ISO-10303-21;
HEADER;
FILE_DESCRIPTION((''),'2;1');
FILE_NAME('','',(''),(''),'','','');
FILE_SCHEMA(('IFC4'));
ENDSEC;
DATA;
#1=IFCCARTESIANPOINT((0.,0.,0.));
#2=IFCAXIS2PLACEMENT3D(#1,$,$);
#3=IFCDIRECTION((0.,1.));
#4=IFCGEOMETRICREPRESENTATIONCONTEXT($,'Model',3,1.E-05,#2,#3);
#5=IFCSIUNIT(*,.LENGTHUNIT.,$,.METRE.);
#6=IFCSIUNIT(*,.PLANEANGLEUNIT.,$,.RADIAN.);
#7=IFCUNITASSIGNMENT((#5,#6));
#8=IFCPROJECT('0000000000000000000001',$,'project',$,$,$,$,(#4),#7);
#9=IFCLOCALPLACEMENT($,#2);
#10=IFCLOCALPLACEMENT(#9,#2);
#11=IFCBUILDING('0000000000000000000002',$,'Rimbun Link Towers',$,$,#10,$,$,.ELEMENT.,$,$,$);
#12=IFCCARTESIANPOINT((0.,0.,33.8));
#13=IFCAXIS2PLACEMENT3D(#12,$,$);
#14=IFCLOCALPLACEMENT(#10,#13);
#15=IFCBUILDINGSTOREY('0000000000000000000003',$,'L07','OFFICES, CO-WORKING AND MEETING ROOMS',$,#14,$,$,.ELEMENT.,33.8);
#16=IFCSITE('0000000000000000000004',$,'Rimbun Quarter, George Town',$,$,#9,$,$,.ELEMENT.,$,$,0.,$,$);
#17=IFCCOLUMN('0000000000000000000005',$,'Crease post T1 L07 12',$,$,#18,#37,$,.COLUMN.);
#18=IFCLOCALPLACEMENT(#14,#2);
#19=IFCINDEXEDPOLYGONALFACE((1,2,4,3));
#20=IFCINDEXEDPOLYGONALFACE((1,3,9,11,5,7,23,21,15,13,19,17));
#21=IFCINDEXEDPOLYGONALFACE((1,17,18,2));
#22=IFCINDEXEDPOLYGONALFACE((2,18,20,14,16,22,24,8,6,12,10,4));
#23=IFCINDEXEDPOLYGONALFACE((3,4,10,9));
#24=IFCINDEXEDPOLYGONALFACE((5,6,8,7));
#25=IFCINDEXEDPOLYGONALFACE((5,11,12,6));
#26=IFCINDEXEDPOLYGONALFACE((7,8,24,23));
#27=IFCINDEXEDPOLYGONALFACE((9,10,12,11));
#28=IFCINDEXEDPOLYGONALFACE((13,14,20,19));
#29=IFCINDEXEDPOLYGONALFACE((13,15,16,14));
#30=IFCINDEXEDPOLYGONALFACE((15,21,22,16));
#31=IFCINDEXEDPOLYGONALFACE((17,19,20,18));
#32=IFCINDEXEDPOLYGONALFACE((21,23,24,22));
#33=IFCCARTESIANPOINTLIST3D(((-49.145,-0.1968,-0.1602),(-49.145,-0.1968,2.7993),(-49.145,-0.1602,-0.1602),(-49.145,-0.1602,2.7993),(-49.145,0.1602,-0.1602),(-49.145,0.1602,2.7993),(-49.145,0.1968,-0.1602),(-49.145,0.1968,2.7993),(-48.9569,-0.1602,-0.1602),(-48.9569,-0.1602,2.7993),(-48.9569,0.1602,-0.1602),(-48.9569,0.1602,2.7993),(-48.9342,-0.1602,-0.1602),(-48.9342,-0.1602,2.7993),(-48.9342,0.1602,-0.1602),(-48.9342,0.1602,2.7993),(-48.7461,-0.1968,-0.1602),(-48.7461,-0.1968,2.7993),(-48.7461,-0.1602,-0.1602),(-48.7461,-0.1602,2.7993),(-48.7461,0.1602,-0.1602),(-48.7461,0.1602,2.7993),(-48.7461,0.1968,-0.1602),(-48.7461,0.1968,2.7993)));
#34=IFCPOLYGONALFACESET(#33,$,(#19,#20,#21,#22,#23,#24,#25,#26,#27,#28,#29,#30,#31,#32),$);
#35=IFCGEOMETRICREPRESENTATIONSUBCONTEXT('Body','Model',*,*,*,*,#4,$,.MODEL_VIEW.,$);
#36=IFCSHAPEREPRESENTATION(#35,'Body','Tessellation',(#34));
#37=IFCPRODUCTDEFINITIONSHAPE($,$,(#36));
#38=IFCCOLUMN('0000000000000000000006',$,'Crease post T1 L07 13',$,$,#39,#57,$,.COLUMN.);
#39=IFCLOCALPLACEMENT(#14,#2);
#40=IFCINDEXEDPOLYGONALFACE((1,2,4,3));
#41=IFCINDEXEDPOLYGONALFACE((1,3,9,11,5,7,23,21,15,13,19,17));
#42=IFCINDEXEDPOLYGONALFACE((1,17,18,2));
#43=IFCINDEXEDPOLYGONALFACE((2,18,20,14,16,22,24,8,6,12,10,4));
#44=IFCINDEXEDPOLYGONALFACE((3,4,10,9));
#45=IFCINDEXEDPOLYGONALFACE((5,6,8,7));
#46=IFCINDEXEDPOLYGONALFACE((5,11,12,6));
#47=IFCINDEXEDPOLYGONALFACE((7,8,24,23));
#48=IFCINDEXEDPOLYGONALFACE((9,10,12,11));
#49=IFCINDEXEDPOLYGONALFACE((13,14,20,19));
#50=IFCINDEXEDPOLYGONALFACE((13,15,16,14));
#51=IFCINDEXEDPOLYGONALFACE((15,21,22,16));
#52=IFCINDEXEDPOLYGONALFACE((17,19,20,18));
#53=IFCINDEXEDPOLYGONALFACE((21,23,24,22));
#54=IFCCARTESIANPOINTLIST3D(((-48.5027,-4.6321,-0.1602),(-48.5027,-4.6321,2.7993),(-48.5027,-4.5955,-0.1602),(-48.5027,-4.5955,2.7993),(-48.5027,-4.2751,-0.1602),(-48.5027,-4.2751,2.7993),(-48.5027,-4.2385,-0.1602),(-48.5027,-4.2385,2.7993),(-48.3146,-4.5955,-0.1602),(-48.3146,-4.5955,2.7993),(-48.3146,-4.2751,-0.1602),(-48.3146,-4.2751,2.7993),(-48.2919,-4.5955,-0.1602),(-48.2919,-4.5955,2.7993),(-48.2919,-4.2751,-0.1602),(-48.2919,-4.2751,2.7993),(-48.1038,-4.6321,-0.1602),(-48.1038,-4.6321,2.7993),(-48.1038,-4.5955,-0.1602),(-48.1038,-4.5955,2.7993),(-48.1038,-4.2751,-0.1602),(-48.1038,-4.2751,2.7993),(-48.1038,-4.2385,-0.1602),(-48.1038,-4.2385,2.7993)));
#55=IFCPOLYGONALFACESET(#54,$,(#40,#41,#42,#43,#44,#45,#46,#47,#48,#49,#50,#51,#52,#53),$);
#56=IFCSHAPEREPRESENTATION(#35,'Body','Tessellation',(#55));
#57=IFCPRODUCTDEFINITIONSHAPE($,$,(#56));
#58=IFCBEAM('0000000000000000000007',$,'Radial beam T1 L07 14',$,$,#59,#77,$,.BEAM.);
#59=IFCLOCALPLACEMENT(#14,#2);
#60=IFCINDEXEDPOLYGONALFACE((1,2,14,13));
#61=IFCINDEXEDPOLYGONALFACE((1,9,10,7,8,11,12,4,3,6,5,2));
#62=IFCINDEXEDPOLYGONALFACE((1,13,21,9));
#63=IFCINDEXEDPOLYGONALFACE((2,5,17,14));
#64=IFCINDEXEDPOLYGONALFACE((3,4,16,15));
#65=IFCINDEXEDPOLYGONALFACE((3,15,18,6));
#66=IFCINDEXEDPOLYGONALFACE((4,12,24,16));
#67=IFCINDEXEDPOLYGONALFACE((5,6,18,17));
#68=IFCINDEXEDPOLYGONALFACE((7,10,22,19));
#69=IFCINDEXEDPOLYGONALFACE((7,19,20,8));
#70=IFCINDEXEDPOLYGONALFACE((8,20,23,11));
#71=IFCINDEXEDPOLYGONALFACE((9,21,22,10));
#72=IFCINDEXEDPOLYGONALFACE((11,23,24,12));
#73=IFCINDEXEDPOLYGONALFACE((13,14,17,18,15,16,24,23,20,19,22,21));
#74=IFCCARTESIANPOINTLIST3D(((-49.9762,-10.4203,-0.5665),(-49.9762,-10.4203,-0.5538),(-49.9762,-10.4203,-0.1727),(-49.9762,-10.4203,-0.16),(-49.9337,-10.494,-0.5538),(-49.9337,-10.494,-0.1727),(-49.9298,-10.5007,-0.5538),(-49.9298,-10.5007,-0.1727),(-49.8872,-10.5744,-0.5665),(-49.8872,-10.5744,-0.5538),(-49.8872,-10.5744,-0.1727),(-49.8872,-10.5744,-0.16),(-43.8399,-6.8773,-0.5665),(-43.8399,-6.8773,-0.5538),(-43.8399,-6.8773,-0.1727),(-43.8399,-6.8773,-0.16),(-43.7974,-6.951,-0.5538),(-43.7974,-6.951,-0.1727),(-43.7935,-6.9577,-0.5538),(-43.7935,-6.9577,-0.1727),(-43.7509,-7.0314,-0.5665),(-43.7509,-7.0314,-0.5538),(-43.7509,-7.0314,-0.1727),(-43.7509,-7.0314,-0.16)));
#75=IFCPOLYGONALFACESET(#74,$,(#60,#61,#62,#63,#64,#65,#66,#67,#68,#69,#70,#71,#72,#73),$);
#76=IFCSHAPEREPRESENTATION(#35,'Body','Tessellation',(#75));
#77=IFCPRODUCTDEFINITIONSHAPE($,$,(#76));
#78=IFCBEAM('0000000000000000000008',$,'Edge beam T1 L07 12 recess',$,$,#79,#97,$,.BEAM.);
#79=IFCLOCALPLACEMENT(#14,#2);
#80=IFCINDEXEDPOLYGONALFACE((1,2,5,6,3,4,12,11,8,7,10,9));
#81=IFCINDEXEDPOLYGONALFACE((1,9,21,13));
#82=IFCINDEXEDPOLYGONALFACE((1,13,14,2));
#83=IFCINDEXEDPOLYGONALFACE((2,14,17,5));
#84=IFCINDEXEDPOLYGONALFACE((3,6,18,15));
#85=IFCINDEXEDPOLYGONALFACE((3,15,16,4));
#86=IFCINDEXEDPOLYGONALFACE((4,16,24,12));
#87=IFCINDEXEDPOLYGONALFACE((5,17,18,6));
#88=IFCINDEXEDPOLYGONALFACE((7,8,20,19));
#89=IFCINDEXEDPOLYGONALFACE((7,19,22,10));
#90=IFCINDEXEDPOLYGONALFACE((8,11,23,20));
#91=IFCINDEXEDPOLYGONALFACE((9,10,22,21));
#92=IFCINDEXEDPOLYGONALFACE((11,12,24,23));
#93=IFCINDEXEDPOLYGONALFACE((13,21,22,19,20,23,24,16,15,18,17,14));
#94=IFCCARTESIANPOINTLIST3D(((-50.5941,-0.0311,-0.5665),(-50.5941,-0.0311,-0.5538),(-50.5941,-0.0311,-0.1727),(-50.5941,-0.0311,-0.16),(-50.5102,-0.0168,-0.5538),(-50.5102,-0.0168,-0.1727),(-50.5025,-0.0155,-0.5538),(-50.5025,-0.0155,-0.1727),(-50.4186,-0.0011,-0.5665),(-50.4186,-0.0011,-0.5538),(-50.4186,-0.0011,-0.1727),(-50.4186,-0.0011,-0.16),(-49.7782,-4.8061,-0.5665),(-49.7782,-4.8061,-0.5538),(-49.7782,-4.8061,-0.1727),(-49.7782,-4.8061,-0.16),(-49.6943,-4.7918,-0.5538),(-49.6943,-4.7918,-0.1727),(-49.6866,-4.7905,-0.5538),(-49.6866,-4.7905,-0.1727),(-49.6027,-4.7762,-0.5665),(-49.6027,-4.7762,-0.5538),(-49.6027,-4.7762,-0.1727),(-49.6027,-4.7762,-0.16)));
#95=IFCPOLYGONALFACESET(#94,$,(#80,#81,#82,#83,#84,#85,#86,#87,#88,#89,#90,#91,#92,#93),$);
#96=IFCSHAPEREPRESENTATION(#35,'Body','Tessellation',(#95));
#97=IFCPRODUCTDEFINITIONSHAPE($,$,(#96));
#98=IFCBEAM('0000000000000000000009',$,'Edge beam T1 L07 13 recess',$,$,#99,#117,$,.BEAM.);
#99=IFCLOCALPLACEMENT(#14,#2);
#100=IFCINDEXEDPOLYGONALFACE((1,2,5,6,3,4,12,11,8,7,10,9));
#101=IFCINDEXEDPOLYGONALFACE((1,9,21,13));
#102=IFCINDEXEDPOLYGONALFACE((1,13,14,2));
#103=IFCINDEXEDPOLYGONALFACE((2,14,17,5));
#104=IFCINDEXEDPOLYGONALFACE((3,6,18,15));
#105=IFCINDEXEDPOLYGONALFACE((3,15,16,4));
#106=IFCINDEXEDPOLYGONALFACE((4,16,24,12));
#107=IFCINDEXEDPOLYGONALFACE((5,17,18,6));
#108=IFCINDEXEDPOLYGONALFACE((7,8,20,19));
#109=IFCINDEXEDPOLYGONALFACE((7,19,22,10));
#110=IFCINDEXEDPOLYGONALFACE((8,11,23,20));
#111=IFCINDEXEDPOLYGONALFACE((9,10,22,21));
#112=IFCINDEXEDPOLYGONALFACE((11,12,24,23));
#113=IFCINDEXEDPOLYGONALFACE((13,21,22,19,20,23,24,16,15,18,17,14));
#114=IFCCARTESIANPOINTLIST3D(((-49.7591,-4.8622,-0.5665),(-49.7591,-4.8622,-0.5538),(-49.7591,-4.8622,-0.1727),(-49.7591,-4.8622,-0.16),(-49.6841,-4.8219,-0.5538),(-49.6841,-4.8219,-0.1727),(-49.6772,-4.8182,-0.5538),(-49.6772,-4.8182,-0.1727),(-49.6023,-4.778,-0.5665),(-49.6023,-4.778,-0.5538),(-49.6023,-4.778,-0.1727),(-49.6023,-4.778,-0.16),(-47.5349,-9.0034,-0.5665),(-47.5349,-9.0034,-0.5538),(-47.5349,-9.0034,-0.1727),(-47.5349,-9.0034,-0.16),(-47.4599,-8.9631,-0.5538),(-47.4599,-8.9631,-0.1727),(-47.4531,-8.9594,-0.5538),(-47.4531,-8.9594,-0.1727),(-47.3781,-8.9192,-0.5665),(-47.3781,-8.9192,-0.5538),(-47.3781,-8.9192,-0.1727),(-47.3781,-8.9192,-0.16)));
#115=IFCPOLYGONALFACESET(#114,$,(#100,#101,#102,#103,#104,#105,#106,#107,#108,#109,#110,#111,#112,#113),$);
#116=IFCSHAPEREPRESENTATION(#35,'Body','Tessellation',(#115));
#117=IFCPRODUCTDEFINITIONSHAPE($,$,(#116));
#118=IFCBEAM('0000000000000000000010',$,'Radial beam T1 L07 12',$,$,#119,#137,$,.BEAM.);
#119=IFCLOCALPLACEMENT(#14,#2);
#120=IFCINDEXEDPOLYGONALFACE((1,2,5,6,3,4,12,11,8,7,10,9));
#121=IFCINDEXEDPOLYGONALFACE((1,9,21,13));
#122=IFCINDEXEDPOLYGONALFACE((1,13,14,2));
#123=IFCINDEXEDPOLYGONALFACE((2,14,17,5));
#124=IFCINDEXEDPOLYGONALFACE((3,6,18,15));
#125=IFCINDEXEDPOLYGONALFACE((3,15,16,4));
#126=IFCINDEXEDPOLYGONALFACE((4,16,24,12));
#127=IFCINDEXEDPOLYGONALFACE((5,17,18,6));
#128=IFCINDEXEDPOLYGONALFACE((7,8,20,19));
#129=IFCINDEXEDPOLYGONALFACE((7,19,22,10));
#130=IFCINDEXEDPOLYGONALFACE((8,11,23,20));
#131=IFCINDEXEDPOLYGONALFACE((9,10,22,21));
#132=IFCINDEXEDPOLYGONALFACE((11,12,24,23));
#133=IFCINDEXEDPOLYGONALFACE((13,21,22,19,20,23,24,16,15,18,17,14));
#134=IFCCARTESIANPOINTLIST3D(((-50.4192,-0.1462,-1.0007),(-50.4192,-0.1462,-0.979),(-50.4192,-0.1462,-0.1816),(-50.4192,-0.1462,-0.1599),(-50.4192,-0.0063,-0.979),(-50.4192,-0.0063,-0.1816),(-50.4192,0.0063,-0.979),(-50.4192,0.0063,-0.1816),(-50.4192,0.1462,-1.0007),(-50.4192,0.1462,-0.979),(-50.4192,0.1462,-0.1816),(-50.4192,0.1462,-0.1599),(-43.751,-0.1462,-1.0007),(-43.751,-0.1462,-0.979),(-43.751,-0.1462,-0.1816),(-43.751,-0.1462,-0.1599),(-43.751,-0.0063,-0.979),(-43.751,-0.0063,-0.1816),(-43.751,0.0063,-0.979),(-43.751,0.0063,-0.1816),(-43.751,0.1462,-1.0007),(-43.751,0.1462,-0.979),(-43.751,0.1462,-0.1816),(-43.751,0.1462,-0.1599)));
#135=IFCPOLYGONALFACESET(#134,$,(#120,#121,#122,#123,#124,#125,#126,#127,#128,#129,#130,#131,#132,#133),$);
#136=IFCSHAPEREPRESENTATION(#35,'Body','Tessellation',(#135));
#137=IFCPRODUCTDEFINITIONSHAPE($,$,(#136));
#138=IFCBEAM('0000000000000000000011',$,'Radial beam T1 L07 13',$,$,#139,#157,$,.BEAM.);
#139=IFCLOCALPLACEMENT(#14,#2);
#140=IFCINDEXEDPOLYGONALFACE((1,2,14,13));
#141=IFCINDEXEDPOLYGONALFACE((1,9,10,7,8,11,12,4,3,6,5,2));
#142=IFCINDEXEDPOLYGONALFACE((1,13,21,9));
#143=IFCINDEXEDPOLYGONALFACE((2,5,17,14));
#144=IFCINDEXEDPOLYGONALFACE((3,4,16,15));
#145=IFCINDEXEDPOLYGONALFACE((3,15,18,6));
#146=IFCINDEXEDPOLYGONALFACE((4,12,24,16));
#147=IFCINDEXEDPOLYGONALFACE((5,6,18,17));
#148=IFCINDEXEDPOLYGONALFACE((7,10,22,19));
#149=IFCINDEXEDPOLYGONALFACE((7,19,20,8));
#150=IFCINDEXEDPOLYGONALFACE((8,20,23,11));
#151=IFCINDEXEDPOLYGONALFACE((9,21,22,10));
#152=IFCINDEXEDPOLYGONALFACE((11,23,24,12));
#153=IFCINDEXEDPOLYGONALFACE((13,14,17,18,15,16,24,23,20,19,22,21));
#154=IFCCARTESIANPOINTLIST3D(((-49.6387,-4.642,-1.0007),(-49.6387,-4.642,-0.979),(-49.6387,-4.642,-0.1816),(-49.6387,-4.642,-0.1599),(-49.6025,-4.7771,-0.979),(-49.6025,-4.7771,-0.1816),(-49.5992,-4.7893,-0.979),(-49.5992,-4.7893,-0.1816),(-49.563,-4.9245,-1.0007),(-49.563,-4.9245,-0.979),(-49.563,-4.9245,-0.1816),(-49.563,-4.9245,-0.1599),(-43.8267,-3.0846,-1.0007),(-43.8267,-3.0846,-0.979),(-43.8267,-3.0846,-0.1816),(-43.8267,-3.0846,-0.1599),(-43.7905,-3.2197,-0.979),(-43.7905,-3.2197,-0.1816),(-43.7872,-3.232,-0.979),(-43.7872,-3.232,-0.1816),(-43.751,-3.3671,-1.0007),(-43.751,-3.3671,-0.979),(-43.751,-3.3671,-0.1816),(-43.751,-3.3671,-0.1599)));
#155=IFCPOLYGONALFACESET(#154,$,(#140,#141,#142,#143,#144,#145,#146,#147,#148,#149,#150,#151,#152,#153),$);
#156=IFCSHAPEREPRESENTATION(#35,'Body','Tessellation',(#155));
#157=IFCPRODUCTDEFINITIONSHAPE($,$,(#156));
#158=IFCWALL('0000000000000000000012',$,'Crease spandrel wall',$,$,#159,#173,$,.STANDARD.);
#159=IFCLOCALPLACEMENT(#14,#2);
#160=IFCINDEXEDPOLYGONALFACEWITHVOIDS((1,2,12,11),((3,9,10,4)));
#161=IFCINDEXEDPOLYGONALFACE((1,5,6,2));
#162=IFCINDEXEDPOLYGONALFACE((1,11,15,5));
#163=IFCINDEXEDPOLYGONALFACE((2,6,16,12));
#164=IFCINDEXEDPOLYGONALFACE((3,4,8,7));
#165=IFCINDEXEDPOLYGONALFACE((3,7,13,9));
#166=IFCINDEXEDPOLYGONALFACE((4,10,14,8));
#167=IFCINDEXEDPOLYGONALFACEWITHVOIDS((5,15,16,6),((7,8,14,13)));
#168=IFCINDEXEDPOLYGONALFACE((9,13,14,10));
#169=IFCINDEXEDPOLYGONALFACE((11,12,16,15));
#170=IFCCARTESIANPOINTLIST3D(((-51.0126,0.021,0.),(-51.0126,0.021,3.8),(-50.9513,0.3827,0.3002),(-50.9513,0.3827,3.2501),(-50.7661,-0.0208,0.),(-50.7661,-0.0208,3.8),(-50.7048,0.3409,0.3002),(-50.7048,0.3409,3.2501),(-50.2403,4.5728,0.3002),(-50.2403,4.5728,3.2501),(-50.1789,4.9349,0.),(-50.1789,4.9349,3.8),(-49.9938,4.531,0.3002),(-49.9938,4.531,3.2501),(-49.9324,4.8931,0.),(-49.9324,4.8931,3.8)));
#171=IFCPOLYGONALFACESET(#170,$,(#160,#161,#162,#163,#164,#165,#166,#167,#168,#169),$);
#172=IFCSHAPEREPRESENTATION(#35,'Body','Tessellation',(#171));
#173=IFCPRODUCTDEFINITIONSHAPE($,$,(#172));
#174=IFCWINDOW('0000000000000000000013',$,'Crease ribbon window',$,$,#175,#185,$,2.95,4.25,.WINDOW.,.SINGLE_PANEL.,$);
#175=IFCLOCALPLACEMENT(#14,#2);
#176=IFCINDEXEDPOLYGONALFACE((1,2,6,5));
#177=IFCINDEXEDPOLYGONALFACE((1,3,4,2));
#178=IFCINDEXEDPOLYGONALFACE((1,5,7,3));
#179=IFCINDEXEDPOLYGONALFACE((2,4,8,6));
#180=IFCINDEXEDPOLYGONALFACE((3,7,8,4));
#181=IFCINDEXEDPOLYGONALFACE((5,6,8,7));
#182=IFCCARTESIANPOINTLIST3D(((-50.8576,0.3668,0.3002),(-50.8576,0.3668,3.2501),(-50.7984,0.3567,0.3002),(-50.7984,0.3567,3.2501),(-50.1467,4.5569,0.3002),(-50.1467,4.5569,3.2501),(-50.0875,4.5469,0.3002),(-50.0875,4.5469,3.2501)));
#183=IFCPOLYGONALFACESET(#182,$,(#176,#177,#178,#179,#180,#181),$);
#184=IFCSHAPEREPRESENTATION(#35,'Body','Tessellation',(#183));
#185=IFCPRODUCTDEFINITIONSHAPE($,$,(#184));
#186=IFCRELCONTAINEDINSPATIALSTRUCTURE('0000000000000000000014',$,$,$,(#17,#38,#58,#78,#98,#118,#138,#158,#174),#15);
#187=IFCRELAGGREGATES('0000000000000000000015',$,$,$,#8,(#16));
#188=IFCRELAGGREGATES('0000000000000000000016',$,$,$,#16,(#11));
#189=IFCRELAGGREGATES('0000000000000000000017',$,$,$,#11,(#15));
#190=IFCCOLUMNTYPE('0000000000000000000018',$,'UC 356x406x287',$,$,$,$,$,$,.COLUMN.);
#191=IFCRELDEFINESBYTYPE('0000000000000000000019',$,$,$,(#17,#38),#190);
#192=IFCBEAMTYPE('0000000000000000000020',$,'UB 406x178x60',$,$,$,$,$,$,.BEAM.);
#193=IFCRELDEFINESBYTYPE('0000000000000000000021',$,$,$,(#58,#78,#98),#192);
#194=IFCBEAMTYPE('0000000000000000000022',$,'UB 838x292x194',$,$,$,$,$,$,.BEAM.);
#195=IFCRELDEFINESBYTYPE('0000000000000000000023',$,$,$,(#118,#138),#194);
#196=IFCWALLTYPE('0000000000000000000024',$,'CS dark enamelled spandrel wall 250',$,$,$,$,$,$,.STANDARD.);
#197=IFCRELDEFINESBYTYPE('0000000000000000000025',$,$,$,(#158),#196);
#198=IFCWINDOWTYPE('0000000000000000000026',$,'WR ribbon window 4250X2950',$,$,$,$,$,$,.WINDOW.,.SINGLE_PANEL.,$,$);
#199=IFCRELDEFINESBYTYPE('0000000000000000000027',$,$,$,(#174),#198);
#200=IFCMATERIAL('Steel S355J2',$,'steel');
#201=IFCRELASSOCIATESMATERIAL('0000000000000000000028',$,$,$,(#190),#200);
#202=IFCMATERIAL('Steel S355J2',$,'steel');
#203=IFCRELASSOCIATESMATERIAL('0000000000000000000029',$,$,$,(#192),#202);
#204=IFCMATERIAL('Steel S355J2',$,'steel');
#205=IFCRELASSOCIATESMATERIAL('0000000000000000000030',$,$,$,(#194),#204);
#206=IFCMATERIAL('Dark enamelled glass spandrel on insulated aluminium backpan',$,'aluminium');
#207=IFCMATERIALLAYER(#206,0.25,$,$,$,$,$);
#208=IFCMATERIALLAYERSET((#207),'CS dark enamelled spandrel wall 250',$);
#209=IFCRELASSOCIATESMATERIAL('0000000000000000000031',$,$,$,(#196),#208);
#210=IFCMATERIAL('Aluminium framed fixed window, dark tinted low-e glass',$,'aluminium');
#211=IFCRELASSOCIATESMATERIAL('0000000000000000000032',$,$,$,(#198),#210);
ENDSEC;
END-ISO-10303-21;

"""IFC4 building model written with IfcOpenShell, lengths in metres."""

from ifc_helpers import new_model, si_unit, direction, frame, frame_2d, origin, origin_2d, place, context, subcontext, project, spatial, rectangle, i_section, extrude, material, layer, layer_set, material_profile, profile_set, type_object, element, fill, save


model = new_model("IFC4")

# Units and contexts
model_context = context("Model", 3, precision=1e-05, world=origin(), true_north=direction((0.0, 1.0)))
body_context = subcontext(model_context, "Body", "Model", "MODEL_VIEW")
ifc_project = project(units=[si_unit("LENGTHUNIT", "METRE"), si_unit("PLANEANGLEUNIT", "RADIAN")], contexts=[model_context])

# Site, building, storey
site_placement = place(None, origin())
site = spatial("IfcSite", under=ifc_project, at=site_placement, Name="Rimbun Quarter, George Town", CompositionType="ELEMENT", RefElevation=0.0)
building_placement = place(site_placement, origin())
building = spatial("IfcBuilding", under=site, at=building_placement, Name="Rimbun Link Towers", CompositionType="ELEMENT")
storey_placement = place(building_placement, frame((0.0, 0.0, 33.8)))
storey = spatial("IfcBuildingStorey", under=building, at=storey_placement, Name="L07", Description="OFFICES, CO-WORKING AND MEETING ROOMS", CompositionType="ELEMENT", Elevation=33.8)

# Columns
ifc_material_1 = material(Name="Steel S355J2", Category="steel")
ifc_material_profile_1 = material_profile(ifc_material_1, i_section(OverallWidth=0.3989, OverallDepth=0.3936, WebThickness=0.0227, FlangeThickness=0.0366, at=origin_2d()), Name="UC 356x406x287")
ifc_profile_set_1 = profile_set([ifc_material_profile_1], Name="Steel S355J2")
column_type = type_object("IfcColumnType", Name="UC 356x406x287", PredefinedType="COLUMN", material=ifc_profile_set_1)
for number, where, z_axis, x_axis, name in (
    (1, (-48.9456, 0.0, -0.1602), (0.0, 0.0, 1.0), (1.0, 0.0, 0.0), "Crease post T1 L07 12"),
    (2, (-48.3032, -4.4353, -0.1602), (0.0, 0.0, 1.0), (1.0, 0.0, 0.0), "Crease post T1 L07 13"),
):
    element("IfcColumn", number, at=place(storey_placement, frame(where, z_axis=z_axis, x_axis=x_axis)), inside=storey, type_object=column_type, Name=name, PredefinedType="COLUMN", context=body_context, shape_type="SweptSolid", body=[
        extrude(i_section(OverallWidth=0.3989, OverallDepth=0.3936, WebThickness=0.0227, FlangeThickness=0.0366, at=origin_2d()), origin(), (0.0, 0.0, 1.0), 2.9595),
    ])

# Beams
ifc_material_2 = material(Name="Steel S355J2", Category="steel")
ifc_material_profile_2 = material_profile(ifc_material_2, i_section(OverallWidth=0.178, OverallDepth=0.4065, WebThickness=0.0078, FlangeThickness=0.0127, at=origin_2d()), Name="UB 406x178x60")
ifc_profile_set_2 = profile_set([ifc_material_profile_2], Name="Steel S355J2")
beam_type_1 = type_object("IfcBeamType", Name="UB 406x178x60", PredefinedType="BEAM", material=ifc_profile_set_2)
beam_1_placement = place(storey_placement, frame((-43.7954, -6.9543, -0.3633), z_axis=(-0.866012, -0.500023, 0.0), x_axis=(0.500023, -0.866012, 0.0)))
element("IfcBeam", 3, at=beam_1_placement, inside=storey, type_object=beam_type_1, Name="Radial beam T1 L07 14", PredefinedType="BEAM", context=body_context, shape_type="SweptSolid", body=[
    extrude(i_section(OverallWidth=0.178, OverallDepth=0.4065, WebThickness=0.0078, FlangeThickness=0.0127, at=origin_2d()), origin(), (0.0, 0.0, 1.0), 7.0857),
])
beam_2_placement = place(storey_placement, frame((-50.5063, -0.0161, -0.3633), z_axis=(0.168427, -0.985714, 0.0), x_axis=(0.985714, 0.168427, 0.0)))
element("IfcBeam", 4, at=beam_2_placement, inside=storey, type_object=beam_type_1, Name="Edge beam T1 L07 12 recess", PredefinedType="BEAM", context=body_context, shape_type="SweptSolid", body=[
    extrude(i_section(OverallWidth=0.178, OverallDepth=0.4065, WebThickness=0.0078, FlangeThickness=0.0127, at=origin_2d()), origin(), (0.0, 0.0, 1.0), 4.8442),
])
beam_3_placement = place(storey_placement, frame((-49.6807, -4.8201, -0.3633), z_axis=(0.473158, -0.880978, 0.0), x_axis=(0.880978, 0.473158, 0.0)))
element("IfcBeam", 5, at=beam_3_placement, inside=storey, type_object=beam_type_1, Name="Edge beam T1 L07 13 recess", PredefinedType="BEAM", context=body_context, shape_type="SweptSolid", body=[
    extrude(i_section(OverallWidth=0.178, OverallDepth=0.4065, WebThickness=0.0078, FlangeThickness=0.0127, at=origin_2d()), origin(), (0.0, 0.0, 1.0), 4.7007),
])
ifc_material_3 = material(Name="Steel S355J2", Category="steel")
ifc_material_profile_3 = material_profile(ifc_material_3, i_section(OverallWidth=0.2925, OverallDepth=0.8408, WebThickness=0.0127, FlangeThickness=0.0217, at=origin_2d()), Name="UB 838x292x194")
ifc_profile_set_3 = profile_set([ifc_material_profile_3], Name="Steel S355J2")
beam_type_2 = type_object("IfcBeamType", Name="UB 838x292x194", PredefinedType="BEAM", material=ifc_profile_set_3)
beam_4_placement = place(storey_placement, frame((-43.751, 0.0, -0.5803), z_axis=(-1.0, 0.0, 0.0), x_axis=(0.0, -1.0, 0.0)))
element("IfcBeam", 6, at=beam_4_placement, inside=storey, type_object=beam_type_2, Name="Radial beam T1 L07 12", PredefinedType="BEAM", context=body_context, shape_type="SweptSolid", body=[
    extrude(i_section(OverallWidth=0.2925, OverallDepth=0.8408, WebThickness=0.0127, FlangeThickness=0.0217, at=origin_2d()), origin(), (0.0, 0.0, 1.0), 6.6682),
])
beam_5_placement = place(storey_placement, frame((-43.7888, -3.2258, -0.5803), z_axis=(-0.965924, -0.258827, 0.0), x_axis=(0.258827, -0.965924, 0.0)))
element("IfcBeam", 7, at=beam_5_placement, inside=storey, type_object=beam_type_2, Name="Radial beam T1 L07 13", PredefinedType="BEAM", context=body_context, shape_type="SweptSolid", body=[
    extrude(i_section(OverallWidth=0.2925, OverallDepth=0.8408, WebThickness=0.0127, FlangeThickness=0.0217, at=origin_2d()), origin(), (0.0, 0.0, 1.0), 6.0171),
])

# Wall, opening, window
ifc_material_4 = material(Name="Dark enamelled glass spandrel on insulated aluminium backpan", Category="aluminium")
ifc_layer_1 = layer(ifc_material_4, 0.25)
ifc_layer_set_1 = layer_set([ifc_layer_1], Name="CS dark enamelled spandrel wall 250")
wall_type_1 = type_object("IfcWallType", Name="CS dark enamelled spandrel wall 250", PredefinedType="STANDARD", material=ifc_layer_set_1)
wall_1_placement = place(storey_placement, frame((-50.8894, 0.0, 0.0), z_axis=(0.0, 0.0, 1.0), x_axis=(0.167282, 0.985909, 0.0)))
wall_1 = element("IfcWall", 8, at=wall_1_placement, inside=storey, type_object=wall_type_1, Name="Crease spandrel wall", PredefinedType="STANDARD", context=body_context, shape_type="SweptSolid", body=[
    extrude(rectangle(XDim=4.9841, YDim=0.25, at=frame_2d((2.4922, 0.0))), origin(), (0.0, 0.0, 1.0), 3.8),
])
opening_1_placement = place(wall_1_placement, frame((0.3669, 0.0, 0.3)))
opening_1 = element("IfcOpeningElement", 9, at=opening_1_placement, cuts=wall_1, PredefinedType="OPENING", context=body_context, shape_type="SweptSolid", body=[
    extrude(rectangle(XDim=4.25, YDim=2.95, at=frame_2d((2.125, 1.4751))), frame((0.0, 0.135, 0.0), z_axis=(0.0, -1.0, 0.0), x_axis=(1.0, 0.0, 0.0)), (0.0, 0.0, 1.0), 0.27),
])
ifc_material_5 = material(Name="Aluminium framed fixed window, dark tinted low-e glass", Category="aluminium")
window_type_1 = type_object("IfcWindowType", Name="WR ribbon window 4250X2950", PartitioningType="SINGLE_PANEL", PredefinedType="WINDOW", material=ifc_material_5)
window_1_placement = place(opening_1_placement, origin())
window_1 = element("IfcWindow", 10, at=window_1_placement, inside=storey, type_object=window_type_1, Name="Crease ribbon window", OverallHeight=2.95, OverallWidth=4.25, PartitioningType="SINGLE_PANEL", PredefinedType="WINDOW", context=body_context, shape_type="SweptSolid", body=[
    extrude(rectangle(XDim=4.25, YDim=2.95, at=frame_2d((2.125, 1.4751))), frame((0.0, 0.03, 0.0), z_axis=(0.0, -1.0, 0.0), x_axis=(1.0, 0.0, 0.0)), (0.0, 0.0, 1.0), 0.0601),
])
fill(opening_1, window_1)

save(model, "model.ifc")
